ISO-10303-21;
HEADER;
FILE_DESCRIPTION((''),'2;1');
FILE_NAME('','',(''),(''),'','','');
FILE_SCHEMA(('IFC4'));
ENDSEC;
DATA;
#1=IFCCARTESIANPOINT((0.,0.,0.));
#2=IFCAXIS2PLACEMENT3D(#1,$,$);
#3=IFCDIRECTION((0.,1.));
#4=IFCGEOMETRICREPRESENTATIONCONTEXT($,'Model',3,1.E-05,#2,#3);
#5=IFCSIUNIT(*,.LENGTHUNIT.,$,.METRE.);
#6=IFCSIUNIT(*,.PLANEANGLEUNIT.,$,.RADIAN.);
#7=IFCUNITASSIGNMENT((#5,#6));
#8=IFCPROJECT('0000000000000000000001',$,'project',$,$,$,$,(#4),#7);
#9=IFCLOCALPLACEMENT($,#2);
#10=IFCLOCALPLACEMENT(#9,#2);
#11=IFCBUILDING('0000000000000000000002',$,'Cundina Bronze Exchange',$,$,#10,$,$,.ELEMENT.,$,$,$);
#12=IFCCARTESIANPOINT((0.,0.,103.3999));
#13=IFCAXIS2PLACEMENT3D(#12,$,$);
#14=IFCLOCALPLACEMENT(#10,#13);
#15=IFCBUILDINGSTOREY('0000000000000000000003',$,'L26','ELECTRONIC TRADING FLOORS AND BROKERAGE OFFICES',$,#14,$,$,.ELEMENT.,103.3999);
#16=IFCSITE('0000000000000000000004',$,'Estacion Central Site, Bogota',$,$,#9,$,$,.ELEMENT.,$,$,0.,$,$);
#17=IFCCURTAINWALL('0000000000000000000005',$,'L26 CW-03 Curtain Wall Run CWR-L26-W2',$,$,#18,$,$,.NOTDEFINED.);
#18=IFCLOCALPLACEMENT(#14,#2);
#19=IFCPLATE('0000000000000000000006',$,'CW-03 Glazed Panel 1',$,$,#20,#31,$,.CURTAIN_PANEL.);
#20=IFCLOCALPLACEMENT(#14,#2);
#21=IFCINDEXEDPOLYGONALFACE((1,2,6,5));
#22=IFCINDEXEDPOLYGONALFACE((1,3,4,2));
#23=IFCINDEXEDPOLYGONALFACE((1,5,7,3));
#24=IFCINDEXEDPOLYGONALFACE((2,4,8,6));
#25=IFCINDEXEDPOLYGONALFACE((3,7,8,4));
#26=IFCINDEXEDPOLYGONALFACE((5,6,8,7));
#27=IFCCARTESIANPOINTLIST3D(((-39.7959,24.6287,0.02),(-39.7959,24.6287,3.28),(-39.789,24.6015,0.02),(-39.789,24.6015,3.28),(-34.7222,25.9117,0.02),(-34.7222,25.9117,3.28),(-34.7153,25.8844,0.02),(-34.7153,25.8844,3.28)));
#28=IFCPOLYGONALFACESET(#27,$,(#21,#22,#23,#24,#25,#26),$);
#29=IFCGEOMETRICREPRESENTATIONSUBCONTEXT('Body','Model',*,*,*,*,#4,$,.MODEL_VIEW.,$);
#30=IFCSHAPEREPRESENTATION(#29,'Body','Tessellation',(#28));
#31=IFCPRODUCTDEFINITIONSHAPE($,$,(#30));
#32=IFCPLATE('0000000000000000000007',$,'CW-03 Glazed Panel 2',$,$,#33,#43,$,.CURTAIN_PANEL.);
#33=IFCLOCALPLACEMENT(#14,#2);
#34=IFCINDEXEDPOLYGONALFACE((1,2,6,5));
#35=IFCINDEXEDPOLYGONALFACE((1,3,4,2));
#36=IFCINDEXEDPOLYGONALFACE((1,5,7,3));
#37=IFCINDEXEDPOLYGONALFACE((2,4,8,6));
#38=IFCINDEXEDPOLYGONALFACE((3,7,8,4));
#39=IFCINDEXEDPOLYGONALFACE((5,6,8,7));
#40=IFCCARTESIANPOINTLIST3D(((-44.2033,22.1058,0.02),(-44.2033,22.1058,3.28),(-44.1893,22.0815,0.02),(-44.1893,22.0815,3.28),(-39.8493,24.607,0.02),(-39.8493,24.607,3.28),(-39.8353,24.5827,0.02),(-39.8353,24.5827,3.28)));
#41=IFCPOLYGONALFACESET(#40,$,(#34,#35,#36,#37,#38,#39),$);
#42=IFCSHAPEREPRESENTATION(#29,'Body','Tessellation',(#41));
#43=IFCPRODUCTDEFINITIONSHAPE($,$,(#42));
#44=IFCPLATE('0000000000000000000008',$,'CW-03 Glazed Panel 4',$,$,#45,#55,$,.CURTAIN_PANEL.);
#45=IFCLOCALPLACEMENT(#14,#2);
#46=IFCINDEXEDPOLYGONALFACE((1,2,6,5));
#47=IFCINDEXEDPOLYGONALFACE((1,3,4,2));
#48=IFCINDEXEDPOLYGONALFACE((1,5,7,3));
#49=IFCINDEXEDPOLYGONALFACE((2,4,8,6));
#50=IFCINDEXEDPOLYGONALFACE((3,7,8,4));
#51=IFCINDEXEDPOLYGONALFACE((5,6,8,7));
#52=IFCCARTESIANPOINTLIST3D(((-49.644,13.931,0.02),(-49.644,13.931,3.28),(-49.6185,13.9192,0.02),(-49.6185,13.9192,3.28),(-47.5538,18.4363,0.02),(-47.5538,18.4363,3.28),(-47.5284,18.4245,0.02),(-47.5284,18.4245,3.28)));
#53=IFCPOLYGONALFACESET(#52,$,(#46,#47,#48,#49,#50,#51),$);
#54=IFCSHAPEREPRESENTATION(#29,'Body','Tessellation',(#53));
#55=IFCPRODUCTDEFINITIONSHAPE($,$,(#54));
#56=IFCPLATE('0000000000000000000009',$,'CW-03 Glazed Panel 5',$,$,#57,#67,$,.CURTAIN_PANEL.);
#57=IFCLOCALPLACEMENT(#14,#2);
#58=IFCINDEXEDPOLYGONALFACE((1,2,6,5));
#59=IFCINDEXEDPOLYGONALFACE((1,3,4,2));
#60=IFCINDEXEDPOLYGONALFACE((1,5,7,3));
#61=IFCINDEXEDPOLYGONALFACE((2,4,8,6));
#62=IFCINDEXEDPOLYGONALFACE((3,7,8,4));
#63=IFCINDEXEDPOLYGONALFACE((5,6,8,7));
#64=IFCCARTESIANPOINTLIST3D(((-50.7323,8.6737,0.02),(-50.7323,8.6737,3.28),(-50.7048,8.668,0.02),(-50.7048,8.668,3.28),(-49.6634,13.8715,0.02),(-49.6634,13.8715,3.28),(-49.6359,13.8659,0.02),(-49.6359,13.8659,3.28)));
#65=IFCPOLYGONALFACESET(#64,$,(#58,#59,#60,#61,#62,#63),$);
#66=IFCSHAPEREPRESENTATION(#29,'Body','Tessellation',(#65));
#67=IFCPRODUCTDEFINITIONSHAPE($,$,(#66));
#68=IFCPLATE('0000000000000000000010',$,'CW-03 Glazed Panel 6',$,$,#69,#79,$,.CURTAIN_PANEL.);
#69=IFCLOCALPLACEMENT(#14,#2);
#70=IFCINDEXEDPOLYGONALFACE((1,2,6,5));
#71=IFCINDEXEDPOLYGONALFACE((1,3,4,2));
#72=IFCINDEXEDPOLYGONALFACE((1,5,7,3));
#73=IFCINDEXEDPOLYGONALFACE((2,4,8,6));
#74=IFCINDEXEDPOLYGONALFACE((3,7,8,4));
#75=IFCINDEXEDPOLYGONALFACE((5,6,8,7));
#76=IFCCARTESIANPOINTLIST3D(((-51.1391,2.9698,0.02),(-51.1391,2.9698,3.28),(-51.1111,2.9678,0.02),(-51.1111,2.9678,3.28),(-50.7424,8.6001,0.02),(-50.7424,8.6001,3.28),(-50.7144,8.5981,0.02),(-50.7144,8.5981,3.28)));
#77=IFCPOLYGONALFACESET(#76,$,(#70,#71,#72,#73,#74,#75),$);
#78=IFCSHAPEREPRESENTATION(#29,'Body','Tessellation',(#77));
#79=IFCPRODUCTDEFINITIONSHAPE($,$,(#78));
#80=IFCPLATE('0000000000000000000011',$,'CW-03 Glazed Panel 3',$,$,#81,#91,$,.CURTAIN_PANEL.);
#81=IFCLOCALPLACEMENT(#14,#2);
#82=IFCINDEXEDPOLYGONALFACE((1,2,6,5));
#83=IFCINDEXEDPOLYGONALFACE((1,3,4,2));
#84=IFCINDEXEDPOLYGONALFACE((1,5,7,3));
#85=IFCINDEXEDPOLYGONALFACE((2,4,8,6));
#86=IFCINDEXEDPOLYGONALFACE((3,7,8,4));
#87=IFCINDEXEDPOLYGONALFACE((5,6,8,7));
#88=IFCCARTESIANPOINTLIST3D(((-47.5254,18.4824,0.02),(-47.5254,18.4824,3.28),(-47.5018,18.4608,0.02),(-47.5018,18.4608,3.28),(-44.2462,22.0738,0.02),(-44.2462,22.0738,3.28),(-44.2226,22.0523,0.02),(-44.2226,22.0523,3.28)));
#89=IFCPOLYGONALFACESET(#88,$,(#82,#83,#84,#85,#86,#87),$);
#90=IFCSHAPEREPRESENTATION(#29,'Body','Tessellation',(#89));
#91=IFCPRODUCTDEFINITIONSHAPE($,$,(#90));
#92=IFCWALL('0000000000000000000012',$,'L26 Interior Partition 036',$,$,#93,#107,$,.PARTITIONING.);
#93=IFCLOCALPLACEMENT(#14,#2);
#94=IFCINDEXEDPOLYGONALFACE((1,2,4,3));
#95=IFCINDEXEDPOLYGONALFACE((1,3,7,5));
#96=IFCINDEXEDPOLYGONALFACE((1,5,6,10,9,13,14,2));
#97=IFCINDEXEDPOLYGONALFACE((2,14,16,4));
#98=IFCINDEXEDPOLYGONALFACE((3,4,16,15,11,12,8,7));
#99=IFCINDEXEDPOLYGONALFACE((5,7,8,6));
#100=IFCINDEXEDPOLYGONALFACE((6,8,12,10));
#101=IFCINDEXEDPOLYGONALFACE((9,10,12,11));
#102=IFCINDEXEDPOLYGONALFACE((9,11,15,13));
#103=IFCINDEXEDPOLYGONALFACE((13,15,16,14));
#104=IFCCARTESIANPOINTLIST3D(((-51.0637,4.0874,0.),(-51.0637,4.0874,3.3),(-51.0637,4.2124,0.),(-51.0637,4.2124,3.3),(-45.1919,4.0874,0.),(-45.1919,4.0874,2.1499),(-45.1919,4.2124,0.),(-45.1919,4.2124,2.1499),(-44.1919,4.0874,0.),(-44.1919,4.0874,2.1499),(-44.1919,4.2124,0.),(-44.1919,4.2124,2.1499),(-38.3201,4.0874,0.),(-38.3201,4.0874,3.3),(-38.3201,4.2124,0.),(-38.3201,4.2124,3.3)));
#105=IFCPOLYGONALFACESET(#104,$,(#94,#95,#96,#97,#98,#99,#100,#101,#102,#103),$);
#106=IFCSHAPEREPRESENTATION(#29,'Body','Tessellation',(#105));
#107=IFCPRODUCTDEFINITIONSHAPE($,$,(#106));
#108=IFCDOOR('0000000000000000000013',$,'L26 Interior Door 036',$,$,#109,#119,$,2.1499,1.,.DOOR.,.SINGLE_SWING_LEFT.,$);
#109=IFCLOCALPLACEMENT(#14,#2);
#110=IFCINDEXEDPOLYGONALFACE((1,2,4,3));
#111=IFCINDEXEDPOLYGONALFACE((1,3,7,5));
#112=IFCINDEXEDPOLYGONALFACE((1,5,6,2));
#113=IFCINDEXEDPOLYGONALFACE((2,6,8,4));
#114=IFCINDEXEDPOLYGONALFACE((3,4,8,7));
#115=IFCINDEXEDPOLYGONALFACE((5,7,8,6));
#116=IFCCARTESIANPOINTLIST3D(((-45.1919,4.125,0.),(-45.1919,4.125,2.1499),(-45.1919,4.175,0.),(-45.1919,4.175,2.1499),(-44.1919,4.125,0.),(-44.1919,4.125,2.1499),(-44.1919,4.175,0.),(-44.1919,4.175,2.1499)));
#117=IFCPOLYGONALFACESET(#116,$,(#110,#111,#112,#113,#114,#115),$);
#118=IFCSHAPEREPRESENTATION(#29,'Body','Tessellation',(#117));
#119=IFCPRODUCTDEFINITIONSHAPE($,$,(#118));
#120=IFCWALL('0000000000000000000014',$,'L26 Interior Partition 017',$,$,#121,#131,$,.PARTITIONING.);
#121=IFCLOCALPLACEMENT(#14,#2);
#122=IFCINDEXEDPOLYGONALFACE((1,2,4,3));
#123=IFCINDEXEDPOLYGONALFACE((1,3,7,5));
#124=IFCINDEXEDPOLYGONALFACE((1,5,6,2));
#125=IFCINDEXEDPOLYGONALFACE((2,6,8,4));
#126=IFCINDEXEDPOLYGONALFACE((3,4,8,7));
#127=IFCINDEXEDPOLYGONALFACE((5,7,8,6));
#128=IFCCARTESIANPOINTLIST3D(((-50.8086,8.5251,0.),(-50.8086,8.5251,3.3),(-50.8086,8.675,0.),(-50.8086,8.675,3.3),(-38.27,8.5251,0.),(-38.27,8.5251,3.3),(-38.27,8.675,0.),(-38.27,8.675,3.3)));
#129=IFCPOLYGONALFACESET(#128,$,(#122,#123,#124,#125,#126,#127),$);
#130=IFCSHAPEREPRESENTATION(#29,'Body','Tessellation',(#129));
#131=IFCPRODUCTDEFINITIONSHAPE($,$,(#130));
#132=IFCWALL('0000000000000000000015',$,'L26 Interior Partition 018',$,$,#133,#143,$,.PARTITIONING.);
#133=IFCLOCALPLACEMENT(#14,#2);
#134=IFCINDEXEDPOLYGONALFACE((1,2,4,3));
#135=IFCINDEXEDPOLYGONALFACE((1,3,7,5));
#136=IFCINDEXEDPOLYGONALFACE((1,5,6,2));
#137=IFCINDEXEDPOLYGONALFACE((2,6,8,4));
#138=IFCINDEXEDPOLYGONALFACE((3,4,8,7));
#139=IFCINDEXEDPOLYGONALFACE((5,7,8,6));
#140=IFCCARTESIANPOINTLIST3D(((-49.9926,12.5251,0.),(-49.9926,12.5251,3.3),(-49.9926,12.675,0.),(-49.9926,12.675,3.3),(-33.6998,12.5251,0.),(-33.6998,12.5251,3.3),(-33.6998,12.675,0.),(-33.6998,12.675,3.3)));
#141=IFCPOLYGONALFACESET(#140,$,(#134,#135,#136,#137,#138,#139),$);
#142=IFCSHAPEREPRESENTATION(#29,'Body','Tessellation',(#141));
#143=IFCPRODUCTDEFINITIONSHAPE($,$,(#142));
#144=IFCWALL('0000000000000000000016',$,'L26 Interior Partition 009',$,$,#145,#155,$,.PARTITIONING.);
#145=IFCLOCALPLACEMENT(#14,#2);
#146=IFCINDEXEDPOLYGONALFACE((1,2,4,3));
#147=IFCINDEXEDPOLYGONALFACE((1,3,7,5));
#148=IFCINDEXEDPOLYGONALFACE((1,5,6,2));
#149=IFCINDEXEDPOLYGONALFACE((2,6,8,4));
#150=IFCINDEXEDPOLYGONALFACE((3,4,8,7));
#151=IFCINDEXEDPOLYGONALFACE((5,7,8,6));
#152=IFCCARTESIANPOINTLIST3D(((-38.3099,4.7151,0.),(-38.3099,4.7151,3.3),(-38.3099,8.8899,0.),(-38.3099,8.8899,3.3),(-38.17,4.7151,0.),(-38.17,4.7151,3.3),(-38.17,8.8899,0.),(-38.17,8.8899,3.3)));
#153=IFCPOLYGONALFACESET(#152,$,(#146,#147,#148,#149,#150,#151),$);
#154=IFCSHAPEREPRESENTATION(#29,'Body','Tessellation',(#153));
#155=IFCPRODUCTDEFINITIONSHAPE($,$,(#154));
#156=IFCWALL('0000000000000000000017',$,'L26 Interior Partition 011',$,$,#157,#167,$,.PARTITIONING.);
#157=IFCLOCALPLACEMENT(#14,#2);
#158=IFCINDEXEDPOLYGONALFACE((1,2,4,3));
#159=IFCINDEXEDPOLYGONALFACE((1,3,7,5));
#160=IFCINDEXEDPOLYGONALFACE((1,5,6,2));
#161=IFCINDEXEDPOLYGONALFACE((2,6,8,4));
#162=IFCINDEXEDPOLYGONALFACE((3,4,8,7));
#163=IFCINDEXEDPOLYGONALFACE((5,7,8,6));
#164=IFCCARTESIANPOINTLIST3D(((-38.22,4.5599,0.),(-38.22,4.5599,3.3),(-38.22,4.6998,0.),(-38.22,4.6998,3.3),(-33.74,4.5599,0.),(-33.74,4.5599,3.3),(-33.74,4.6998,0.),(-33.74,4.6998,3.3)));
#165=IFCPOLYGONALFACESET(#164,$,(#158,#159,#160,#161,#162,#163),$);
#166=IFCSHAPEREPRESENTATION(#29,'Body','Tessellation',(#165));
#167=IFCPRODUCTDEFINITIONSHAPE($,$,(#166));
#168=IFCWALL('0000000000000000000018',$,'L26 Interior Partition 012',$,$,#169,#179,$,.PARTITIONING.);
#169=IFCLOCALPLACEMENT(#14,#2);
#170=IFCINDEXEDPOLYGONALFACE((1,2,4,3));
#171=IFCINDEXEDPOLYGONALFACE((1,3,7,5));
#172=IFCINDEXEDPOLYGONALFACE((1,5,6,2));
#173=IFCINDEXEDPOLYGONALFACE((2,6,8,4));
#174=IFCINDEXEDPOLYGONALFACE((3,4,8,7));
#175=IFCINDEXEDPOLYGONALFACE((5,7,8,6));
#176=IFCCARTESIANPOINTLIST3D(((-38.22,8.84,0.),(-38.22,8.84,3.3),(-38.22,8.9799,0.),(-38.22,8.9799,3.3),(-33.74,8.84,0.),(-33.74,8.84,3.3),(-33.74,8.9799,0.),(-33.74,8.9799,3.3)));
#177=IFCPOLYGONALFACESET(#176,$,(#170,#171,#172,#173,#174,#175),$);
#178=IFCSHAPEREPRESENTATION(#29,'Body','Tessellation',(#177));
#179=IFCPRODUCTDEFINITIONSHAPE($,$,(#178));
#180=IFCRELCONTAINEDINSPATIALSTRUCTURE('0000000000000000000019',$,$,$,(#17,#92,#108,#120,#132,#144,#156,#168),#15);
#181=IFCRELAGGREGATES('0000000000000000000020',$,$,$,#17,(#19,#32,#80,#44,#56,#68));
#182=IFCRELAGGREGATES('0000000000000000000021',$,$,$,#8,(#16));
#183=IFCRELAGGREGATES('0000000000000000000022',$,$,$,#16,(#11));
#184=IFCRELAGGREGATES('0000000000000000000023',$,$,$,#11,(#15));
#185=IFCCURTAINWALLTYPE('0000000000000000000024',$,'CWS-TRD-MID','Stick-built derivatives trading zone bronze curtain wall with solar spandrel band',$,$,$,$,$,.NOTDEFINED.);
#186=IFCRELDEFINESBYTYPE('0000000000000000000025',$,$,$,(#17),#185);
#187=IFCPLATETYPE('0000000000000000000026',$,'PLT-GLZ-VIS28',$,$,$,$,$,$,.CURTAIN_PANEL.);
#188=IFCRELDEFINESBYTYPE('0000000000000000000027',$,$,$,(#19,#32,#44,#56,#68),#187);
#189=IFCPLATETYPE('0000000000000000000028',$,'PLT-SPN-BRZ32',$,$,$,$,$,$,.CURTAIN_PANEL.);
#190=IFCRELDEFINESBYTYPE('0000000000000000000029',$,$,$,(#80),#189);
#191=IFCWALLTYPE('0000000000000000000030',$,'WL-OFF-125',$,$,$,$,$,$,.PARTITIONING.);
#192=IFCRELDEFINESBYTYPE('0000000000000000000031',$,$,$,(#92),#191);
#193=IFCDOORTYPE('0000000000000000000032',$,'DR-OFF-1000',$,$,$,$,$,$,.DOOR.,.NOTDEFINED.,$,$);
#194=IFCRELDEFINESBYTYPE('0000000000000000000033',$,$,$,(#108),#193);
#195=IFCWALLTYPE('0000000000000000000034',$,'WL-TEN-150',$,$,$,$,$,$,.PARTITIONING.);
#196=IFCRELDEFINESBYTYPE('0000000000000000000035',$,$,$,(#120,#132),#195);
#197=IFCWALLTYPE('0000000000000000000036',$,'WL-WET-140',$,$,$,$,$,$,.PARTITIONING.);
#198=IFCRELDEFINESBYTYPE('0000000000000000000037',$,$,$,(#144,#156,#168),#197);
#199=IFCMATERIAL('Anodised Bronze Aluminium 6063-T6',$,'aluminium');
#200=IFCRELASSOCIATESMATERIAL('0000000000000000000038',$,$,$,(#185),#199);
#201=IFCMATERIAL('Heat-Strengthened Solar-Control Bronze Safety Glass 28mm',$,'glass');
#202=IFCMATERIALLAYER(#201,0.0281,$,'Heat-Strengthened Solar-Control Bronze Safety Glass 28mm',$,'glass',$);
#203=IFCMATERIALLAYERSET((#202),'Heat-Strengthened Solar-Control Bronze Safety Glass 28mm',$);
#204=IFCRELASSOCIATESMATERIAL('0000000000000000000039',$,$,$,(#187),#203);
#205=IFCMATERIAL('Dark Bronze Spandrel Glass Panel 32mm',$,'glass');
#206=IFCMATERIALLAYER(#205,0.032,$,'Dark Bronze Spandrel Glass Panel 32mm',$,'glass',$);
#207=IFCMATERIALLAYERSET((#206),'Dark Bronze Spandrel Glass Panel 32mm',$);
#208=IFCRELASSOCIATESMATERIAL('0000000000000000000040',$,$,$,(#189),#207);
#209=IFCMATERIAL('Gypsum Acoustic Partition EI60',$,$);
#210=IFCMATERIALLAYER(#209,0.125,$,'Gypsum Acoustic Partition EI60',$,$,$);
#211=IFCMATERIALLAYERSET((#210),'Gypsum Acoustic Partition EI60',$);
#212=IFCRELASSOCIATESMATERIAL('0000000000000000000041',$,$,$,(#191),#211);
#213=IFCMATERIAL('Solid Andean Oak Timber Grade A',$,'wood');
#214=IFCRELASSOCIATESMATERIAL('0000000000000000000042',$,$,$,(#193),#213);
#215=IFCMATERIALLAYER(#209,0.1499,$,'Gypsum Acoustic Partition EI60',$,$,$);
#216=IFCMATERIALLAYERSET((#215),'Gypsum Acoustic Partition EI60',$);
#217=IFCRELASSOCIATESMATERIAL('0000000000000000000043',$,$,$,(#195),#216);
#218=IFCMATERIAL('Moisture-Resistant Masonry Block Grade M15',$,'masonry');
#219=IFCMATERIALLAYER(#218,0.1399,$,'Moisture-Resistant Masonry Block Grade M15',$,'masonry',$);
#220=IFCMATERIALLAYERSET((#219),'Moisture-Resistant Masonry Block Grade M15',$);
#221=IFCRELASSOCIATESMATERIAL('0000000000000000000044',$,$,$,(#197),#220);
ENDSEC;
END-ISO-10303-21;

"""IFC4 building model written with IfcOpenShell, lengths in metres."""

from ifc_helpers import new_model, si_unit, direction, frame, frame_2d, origin, origin_2d, place, context, subcontext, project, spatial, rectangle, extrude, material, layer, layer_set, type_object, element, fill, aggregate, save


model = new_model("IFC4")

# Units and contexts
model_context = context("Model", 3, precision=1e-05, world=origin(), true_north=direction((0.0, 1.0)))
body_context = subcontext(model_context, "Body", "Model", "MODEL_VIEW")
ifc_project = project(units=[si_unit("LENGTHUNIT", "METRE"), si_unit("PLANEANGLEUNIT", "RADIAN")], contexts=[model_context])

# Site, building, storey
site_placement = place(None, origin())
site = spatial("IfcSite", under=ifc_project, at=site_placement, Name="Estacion Central Site, Bogota", CompositionType="ELEMENT", RefElevation=0.0)
building_placement = place(site_placement, origin())
building = spatial("IfcBuilding", under=site, at=building_placement, Name="Cundina Bronze Exchange", CompositionType="ELEMENT")
storey_placement = place(building_placement, frame((0.0, 0.0, 103.3999)))
storey = spatial("IfcBuildingStorey", under=building, at=storey_placement, Name="L26", Description="ELECTRONIC TRADING FLOORS AND BROKERAGE OFFICES", CompositionType="ELEMENT", Elevation=103.3999)

# Curtain wall, plates
ifc_material_1 = material(Name="Anodised Bronze Aluminium 6063-T6", Category="aluminium")
curtain_wall_type = type_object("IfcCurtainWallType", Name="CWS-TRD-MID", Description="Stick-built derivatives trading zone bronze curtain wall with solar spandrel band", PredefinedType="NOTDEFINED", material=ifc_material_1)
curtain_wall_placement = place(storey_placement, origin())
curtain_wall = element("IfcCurtainWall", 1, at=curtain_wall_placement, inside=storey, type_object=curtain_wall_type, Name="L26 CW-03 Curtain Wall Run CWR-L26-W2", PredefinedType="NOTDEFINED")
ifc_material_2 = material(Name="Heat-Strengthened Solar-Control Bronze Safety Glass 28mm", Category="glass")
ifc_layer_1 = layer(ifc_material_2, 0.0281, Name="Heat-Strengthened Solar-Control Bronze Safety Glass 28mm", Category="glass")
ifc_layer_set_1 = layer_set([ifc_layer_1], Name="Heat-Strengthened Solar-Control Bronze Safety Glass 28mm")
plate_type_1 = type_object("IfcPlateType", Name="PLT-GLZ-VIS28", PredefinedType="CURTAIN_PANEL", material=ifc_layer_set_1)
plate_1_placement = place(storey_placement, frame((-37.2556, 25.2566, 0.02), z_axis=(0.0, 0.0, 1.0), x_axis=(-0.969488, -0.245138, 0.0)))
plate_1 = element("IfcPlate", 2, at=plate_1_placement, type_object=plate_type_1, Name="CW-03 Glazed Panel 1", PredefinedType="CURTAIN_PANEL", context=body_context, shape_type="SweptSolid", body=[
    extrude(rectangle(XDim=5.2334, YDim=0.0281, at=origin_2d()), origin(), (0.0, 0.0, 1.0), 3.26),
])
plate_2_placement = place(storey_placement, frame((-42.0193, 23.3442, 0.02), z_axis=(0.0, 0.0, 1.0), x_axis=(-0.867105, -0.498125, 0.0)))
plate_2 = element("IfcPlate", 3, at=plate_2_placement, type_object=plate_type_1, Name="CW-03 Glazed Panel 2", PredefinedType="CURTAIN_PANEL", context=body_context, shape_type="SweptSolid", body=[
    extrude(rectangle(XDim=5.0212, YDim=0.0281, at=origin_2d()), origin(), (0.0, 0.0, 1.0), 3.26),
])
plate_3_placement = place(storey_placement, frame((-48.5862, 16.1777, 0.02), z_axis=(0.0, 0.0, 1.0), x_axis=(-0.420846, -0.907132, 0.0)))
plate_3 = element("IfcPlate", 4, at=plate_3_placement, type_object=plate_type_1, Name="CW-03 Glazed Panel 4", PredefinedType="CURTAIN_PANEL", context=body_context, shape_type="SweptSolid", body=[
    extrude(rectangle(XDim=4.9666, YDim=0.0281, at=origin_2d()), origin(), (0.0, 0.0, 1.0), 3.26),
])
plate_4_placement = place(storey_placement, frame((-50.1841, 11.2698, 0.02), z_axis=(0.0, 0.0, 1.0), x_axis=(-0.20142, -0.979505, 0.0)))
plate_4 = element("IfcPlate", 5, at=plate_4_placement, type_object=plate_type_1, Name="CW-03 Glazed Panel 5", PredefinedType="CURTAIN_PANEL", context=body_context, shape_type="SweptSolid", body=[
    extrude(rectangle(XDim=5.3066, YDim=0.0281, at=origin_2d()), origin(), (0.0, 0.0, 1.0), 3.26),
])
plate_5_placement = place(storey_placement, frame((-50.9268, 5.7839, 0.02), z_axis=(0.0, 0.0, 1.0), x_axis=(-0.070279, -0.997527, 0.0)))
plate_5 = element("IfcPlate", 6, at=plate_5_placement, type_object=plate_type_1, Name="CW-03 Glazed Panel 6", PredefinedType="CURTAIN_PANEL", context=body_context, shape_type="SweptSolid", body=[
    extrude(rectangle(XDim=5.6443, YDim=0.0281, at=origin_2d()), origin(), (0.0, 0.0, 1.0), 3.26),
])
ifc_material_3 = material(Name="Dark Bronze Spandrel Glass Panel 32mm", Category="glass")
ifc_layer_2 = layer(ifc_material_3, 0.032, Name="Dark Bronze Spandrel Glass Panel 32mm", Category="glass")
ifc_layer_set_2 = layer_set([ifc_layer_2], Name="Dark Bronze Spandrel Glass Panel 32mm")
plate_type_2 = type_object("IfcPlateType", Name="PLT-SPN-BRZ32", PredefinedType="CURTAIN_PANEL", material=ifc_layer_set_2)
plate_6_placement = place(storey_placement, frame((-45.874, 20.2673, 0.02), z_axis=(0.0, 0.0, 1.0), x_axis=(-0.674277, -0.738479, 0.0)))
plate_6 = element("IfcPlate", 7, at=plate_6_placement, type_object=plate_type_2, Name="CW-03 Glazed Panel 3", PredefinedType="CURTAIN_PANEL", context=body_context, shape_type="SweptSolid", body=[
    extrude(rectangle(XDim=4.8633, YDim=0.032, at=origin_2d()), origin(), (0.0, 0.0, 1.0), 3.26),
])
aggregate(curtain_wall, [plate_1, plate_2, plate_6, plate_3, plate_4, plate_5])

# Wall, opening, door
ifc_material_4 = material(Name="Gypsum Acoustic Partition EI60")
ifc_layer_3 = layer(ifc_material_4, 0.125, Name="Gypsum Acoustic Partition EI60")
ifc_layer_set_3 = layer_set([ifc_layer_3], Name="Gypsum Acoustic Partition EI60")
wall_type_1 = type_object("IfcWallType", Name="WL-OFF-125", PredefinedType="PARTITIONING", material=ifc_layer_set_3)
wall_1_placement = place(storey_placement, frame((-38.3201, 4.1499, 0.0), z_axis=(0.0, 0.0, 1.0), x_axis=(-1.0, 0.0, 0.0)))
wall_1 = element("IfcWall", 8, at=wall_1_placement, inside=storey, type_object=wall_type_1, Name="L26 Interior Partition 036", PredefinedType="PARTITIONING", context=body_context, shape_type="SweptSolid", body=[
    extrude(rectangle(XDim=12.7437, YDim=0.125, at=frame_2d((6.3718, 0.0))), origin(), (0.0, 0.0, 1.0), 3.3),
])
opening_placement = place(wall_1_placement, frame((5.8718, 0.0, 0.0)))
opening = element("IfcOpeningElement", 9, at=opening_placement, cuts=wall_1, PredefinedType="OPENING", context=body_context, shape_type="SweptSolid", body=[
    extrude(rectangle(XDim=1.0, YDim=2.1499, at=frame_2d((0.5, 1.075))), frame((0.0, 0.0725, 0.0), z_axis=(0.0, -1.0, 0.0), x_axis=(1.0, 0.0, 0.0)), (0.0, 0.0, 1.0), 0.145),
])
ifc_material_5 = material(Name="Solid Andean Oak Timber Grade A", Category="wood")
door_type = type_object("IfcDoorType", Name="DR-OFF-1000", OperationType="NOTDEFINED", PredefinedType="DOOR", material=ifc_material_5)
door_placement = place(opening_placement, origin())
door = element("IfcDoor", 10, at=door_placement, inside=storey, type_object=door_type, Name="L26 Interior Door 036", OperationType="SINGLE_SWING_LEFT", OverallHeight=2.1499, OverallWidth=1.0, PredefinedType="DOOR", context=body_context, shape_type="SweptSolid", body=[
    extrude(rectangle(XDim=1.0, YDim=2.1499, at=frame_2d((0.5, 1.075))), frame((0.0, 0.0249, 0.0), z_axis=(0.0, -1.0, 0.0), x_axis=(1.0, 0.0, 0.0)), (0.0, 0.0, 1.0), 0.05),
])
fill(opening, door)

# Walls
ifc_layer_4 = layer(ifc_material_4, 0.1499, Name="Gypsum Acoustic Partition EI60")
ifc_layer_set_4 = layer_set([ifc_layer_4], Name="Gypsum Acoustic Partition EI60")
wall_type_2 = type_object("IfcWallType", Name="WL-TEN-150", PredefinedType="PARTITIONING", material=ifc_layer_set_4)
wall_2_placement = place(storey_placement, frame((-50.8086, 8.6001, 0.0), z_axis=(0.0, 0.0, 1.0), x_axis=(1.0, 0.0, 0.0)))
element("IfcWall", 11, at=wall_2_placement, inside=storey, type_object=wall_type_2, Name="L26 Interior Partition 017", PredefinedType="PARTITIONING", context=body_context, shape_type="SweptSolid", body=[
    extrude(rectangle(XDim=12.5386, YDim=0.1499, at=frame_2d((6.2693, 0.0))), origin(), (0.0, 0.0, 1.0), 3.3),
])
wall_3_placement = place(storey_placement, frame((-49.9927, 12.6001, 0.0), z_axis=(0.0, 0.0, 1.0), x_axis=(1.0, 0.0, 0.0)))
element("IfcWall", 12, at=wall_3_placement, inside=storey, type_object=wall_type_2, Name="L26 Interior Partition 018", PredefinedType="PARTITIONING", context=body_context, shape_type="SweptSolid", body=[
    extrude(rectangle(XDim=16.2927, YDim=0.1499, at=frame_2d((8.1465, 0.0))), origin(), (0.0, 0.0, 1.0), 3.3),
])
ifc_material_6 = material(Name="Moisture-Resistant Masonry Block Grade M15", Category="masonry")
ifc_layer_5 = layer(ifc_material_6, 0.1399, Name="Moisture-Resistant Masonry Block Grade M15", Category="masonry")
ifc_layer_set_5 = layer_set([ifc_layer_5], Name="Moisture-Resistant Masonry Block Grade M15")
wall_type_3 = type_object("IfcWallType", Name="WL-WET-140", PredefinedType="PARTITIONING", material=ifc_layer_set_5)
wall_4_placement = place(storey_placement, frame((-38.24, 4.7151, 0.0), z_axis=(0.0, 0.0, 1.0), x_axis=(0.0, 1.0, 0.0)))
element("IfcWall", 13, at=wall_4_placement, inside=storey, type_object=wall_type_3, Name="L26 Interior Partition 009", PredefinedType="PARTITIONING", context=body_context, shape_type="SweptSolid", body=[
    extrude(rectangle(XDim=4.1748, YDim=0.1399, at=frame_2d((2.0874, 0.0))), origin(), (0.0, 0.0, 1.0), 3.3),
])
for number, where, z_axis, x_axis, name in (
    (14, (-38.22, 4.6299, 0.0), (0.0, 0.0, 1.0), (1.0, 0.0, 0.0), "L26 Interior Partition 011"),
    (15, (-38.22, 8.9099, 0.0), (0.0, 0.0, 1.0), (1.0, 0.0, 0.0), "L26 Interior Partition 012"),
):
    element("IfcWall", number, at=place(storey_placement, frame(where, z_axis=z_axis, x_axis=x_axis)), inside=storey, type_object=wall_type_3, Name=name, PredefinedType="PARTITIONING", context=body_context, shape_type="SweptSolid", body=[
        extrude(rectangle(XDim=4.48, YDim=0.1399, at=frame_2d((2.24, 0.0))), origin(), (0.0, 0.0, 1.0), 3.3),
    ])

save(model, "model.ifc")
